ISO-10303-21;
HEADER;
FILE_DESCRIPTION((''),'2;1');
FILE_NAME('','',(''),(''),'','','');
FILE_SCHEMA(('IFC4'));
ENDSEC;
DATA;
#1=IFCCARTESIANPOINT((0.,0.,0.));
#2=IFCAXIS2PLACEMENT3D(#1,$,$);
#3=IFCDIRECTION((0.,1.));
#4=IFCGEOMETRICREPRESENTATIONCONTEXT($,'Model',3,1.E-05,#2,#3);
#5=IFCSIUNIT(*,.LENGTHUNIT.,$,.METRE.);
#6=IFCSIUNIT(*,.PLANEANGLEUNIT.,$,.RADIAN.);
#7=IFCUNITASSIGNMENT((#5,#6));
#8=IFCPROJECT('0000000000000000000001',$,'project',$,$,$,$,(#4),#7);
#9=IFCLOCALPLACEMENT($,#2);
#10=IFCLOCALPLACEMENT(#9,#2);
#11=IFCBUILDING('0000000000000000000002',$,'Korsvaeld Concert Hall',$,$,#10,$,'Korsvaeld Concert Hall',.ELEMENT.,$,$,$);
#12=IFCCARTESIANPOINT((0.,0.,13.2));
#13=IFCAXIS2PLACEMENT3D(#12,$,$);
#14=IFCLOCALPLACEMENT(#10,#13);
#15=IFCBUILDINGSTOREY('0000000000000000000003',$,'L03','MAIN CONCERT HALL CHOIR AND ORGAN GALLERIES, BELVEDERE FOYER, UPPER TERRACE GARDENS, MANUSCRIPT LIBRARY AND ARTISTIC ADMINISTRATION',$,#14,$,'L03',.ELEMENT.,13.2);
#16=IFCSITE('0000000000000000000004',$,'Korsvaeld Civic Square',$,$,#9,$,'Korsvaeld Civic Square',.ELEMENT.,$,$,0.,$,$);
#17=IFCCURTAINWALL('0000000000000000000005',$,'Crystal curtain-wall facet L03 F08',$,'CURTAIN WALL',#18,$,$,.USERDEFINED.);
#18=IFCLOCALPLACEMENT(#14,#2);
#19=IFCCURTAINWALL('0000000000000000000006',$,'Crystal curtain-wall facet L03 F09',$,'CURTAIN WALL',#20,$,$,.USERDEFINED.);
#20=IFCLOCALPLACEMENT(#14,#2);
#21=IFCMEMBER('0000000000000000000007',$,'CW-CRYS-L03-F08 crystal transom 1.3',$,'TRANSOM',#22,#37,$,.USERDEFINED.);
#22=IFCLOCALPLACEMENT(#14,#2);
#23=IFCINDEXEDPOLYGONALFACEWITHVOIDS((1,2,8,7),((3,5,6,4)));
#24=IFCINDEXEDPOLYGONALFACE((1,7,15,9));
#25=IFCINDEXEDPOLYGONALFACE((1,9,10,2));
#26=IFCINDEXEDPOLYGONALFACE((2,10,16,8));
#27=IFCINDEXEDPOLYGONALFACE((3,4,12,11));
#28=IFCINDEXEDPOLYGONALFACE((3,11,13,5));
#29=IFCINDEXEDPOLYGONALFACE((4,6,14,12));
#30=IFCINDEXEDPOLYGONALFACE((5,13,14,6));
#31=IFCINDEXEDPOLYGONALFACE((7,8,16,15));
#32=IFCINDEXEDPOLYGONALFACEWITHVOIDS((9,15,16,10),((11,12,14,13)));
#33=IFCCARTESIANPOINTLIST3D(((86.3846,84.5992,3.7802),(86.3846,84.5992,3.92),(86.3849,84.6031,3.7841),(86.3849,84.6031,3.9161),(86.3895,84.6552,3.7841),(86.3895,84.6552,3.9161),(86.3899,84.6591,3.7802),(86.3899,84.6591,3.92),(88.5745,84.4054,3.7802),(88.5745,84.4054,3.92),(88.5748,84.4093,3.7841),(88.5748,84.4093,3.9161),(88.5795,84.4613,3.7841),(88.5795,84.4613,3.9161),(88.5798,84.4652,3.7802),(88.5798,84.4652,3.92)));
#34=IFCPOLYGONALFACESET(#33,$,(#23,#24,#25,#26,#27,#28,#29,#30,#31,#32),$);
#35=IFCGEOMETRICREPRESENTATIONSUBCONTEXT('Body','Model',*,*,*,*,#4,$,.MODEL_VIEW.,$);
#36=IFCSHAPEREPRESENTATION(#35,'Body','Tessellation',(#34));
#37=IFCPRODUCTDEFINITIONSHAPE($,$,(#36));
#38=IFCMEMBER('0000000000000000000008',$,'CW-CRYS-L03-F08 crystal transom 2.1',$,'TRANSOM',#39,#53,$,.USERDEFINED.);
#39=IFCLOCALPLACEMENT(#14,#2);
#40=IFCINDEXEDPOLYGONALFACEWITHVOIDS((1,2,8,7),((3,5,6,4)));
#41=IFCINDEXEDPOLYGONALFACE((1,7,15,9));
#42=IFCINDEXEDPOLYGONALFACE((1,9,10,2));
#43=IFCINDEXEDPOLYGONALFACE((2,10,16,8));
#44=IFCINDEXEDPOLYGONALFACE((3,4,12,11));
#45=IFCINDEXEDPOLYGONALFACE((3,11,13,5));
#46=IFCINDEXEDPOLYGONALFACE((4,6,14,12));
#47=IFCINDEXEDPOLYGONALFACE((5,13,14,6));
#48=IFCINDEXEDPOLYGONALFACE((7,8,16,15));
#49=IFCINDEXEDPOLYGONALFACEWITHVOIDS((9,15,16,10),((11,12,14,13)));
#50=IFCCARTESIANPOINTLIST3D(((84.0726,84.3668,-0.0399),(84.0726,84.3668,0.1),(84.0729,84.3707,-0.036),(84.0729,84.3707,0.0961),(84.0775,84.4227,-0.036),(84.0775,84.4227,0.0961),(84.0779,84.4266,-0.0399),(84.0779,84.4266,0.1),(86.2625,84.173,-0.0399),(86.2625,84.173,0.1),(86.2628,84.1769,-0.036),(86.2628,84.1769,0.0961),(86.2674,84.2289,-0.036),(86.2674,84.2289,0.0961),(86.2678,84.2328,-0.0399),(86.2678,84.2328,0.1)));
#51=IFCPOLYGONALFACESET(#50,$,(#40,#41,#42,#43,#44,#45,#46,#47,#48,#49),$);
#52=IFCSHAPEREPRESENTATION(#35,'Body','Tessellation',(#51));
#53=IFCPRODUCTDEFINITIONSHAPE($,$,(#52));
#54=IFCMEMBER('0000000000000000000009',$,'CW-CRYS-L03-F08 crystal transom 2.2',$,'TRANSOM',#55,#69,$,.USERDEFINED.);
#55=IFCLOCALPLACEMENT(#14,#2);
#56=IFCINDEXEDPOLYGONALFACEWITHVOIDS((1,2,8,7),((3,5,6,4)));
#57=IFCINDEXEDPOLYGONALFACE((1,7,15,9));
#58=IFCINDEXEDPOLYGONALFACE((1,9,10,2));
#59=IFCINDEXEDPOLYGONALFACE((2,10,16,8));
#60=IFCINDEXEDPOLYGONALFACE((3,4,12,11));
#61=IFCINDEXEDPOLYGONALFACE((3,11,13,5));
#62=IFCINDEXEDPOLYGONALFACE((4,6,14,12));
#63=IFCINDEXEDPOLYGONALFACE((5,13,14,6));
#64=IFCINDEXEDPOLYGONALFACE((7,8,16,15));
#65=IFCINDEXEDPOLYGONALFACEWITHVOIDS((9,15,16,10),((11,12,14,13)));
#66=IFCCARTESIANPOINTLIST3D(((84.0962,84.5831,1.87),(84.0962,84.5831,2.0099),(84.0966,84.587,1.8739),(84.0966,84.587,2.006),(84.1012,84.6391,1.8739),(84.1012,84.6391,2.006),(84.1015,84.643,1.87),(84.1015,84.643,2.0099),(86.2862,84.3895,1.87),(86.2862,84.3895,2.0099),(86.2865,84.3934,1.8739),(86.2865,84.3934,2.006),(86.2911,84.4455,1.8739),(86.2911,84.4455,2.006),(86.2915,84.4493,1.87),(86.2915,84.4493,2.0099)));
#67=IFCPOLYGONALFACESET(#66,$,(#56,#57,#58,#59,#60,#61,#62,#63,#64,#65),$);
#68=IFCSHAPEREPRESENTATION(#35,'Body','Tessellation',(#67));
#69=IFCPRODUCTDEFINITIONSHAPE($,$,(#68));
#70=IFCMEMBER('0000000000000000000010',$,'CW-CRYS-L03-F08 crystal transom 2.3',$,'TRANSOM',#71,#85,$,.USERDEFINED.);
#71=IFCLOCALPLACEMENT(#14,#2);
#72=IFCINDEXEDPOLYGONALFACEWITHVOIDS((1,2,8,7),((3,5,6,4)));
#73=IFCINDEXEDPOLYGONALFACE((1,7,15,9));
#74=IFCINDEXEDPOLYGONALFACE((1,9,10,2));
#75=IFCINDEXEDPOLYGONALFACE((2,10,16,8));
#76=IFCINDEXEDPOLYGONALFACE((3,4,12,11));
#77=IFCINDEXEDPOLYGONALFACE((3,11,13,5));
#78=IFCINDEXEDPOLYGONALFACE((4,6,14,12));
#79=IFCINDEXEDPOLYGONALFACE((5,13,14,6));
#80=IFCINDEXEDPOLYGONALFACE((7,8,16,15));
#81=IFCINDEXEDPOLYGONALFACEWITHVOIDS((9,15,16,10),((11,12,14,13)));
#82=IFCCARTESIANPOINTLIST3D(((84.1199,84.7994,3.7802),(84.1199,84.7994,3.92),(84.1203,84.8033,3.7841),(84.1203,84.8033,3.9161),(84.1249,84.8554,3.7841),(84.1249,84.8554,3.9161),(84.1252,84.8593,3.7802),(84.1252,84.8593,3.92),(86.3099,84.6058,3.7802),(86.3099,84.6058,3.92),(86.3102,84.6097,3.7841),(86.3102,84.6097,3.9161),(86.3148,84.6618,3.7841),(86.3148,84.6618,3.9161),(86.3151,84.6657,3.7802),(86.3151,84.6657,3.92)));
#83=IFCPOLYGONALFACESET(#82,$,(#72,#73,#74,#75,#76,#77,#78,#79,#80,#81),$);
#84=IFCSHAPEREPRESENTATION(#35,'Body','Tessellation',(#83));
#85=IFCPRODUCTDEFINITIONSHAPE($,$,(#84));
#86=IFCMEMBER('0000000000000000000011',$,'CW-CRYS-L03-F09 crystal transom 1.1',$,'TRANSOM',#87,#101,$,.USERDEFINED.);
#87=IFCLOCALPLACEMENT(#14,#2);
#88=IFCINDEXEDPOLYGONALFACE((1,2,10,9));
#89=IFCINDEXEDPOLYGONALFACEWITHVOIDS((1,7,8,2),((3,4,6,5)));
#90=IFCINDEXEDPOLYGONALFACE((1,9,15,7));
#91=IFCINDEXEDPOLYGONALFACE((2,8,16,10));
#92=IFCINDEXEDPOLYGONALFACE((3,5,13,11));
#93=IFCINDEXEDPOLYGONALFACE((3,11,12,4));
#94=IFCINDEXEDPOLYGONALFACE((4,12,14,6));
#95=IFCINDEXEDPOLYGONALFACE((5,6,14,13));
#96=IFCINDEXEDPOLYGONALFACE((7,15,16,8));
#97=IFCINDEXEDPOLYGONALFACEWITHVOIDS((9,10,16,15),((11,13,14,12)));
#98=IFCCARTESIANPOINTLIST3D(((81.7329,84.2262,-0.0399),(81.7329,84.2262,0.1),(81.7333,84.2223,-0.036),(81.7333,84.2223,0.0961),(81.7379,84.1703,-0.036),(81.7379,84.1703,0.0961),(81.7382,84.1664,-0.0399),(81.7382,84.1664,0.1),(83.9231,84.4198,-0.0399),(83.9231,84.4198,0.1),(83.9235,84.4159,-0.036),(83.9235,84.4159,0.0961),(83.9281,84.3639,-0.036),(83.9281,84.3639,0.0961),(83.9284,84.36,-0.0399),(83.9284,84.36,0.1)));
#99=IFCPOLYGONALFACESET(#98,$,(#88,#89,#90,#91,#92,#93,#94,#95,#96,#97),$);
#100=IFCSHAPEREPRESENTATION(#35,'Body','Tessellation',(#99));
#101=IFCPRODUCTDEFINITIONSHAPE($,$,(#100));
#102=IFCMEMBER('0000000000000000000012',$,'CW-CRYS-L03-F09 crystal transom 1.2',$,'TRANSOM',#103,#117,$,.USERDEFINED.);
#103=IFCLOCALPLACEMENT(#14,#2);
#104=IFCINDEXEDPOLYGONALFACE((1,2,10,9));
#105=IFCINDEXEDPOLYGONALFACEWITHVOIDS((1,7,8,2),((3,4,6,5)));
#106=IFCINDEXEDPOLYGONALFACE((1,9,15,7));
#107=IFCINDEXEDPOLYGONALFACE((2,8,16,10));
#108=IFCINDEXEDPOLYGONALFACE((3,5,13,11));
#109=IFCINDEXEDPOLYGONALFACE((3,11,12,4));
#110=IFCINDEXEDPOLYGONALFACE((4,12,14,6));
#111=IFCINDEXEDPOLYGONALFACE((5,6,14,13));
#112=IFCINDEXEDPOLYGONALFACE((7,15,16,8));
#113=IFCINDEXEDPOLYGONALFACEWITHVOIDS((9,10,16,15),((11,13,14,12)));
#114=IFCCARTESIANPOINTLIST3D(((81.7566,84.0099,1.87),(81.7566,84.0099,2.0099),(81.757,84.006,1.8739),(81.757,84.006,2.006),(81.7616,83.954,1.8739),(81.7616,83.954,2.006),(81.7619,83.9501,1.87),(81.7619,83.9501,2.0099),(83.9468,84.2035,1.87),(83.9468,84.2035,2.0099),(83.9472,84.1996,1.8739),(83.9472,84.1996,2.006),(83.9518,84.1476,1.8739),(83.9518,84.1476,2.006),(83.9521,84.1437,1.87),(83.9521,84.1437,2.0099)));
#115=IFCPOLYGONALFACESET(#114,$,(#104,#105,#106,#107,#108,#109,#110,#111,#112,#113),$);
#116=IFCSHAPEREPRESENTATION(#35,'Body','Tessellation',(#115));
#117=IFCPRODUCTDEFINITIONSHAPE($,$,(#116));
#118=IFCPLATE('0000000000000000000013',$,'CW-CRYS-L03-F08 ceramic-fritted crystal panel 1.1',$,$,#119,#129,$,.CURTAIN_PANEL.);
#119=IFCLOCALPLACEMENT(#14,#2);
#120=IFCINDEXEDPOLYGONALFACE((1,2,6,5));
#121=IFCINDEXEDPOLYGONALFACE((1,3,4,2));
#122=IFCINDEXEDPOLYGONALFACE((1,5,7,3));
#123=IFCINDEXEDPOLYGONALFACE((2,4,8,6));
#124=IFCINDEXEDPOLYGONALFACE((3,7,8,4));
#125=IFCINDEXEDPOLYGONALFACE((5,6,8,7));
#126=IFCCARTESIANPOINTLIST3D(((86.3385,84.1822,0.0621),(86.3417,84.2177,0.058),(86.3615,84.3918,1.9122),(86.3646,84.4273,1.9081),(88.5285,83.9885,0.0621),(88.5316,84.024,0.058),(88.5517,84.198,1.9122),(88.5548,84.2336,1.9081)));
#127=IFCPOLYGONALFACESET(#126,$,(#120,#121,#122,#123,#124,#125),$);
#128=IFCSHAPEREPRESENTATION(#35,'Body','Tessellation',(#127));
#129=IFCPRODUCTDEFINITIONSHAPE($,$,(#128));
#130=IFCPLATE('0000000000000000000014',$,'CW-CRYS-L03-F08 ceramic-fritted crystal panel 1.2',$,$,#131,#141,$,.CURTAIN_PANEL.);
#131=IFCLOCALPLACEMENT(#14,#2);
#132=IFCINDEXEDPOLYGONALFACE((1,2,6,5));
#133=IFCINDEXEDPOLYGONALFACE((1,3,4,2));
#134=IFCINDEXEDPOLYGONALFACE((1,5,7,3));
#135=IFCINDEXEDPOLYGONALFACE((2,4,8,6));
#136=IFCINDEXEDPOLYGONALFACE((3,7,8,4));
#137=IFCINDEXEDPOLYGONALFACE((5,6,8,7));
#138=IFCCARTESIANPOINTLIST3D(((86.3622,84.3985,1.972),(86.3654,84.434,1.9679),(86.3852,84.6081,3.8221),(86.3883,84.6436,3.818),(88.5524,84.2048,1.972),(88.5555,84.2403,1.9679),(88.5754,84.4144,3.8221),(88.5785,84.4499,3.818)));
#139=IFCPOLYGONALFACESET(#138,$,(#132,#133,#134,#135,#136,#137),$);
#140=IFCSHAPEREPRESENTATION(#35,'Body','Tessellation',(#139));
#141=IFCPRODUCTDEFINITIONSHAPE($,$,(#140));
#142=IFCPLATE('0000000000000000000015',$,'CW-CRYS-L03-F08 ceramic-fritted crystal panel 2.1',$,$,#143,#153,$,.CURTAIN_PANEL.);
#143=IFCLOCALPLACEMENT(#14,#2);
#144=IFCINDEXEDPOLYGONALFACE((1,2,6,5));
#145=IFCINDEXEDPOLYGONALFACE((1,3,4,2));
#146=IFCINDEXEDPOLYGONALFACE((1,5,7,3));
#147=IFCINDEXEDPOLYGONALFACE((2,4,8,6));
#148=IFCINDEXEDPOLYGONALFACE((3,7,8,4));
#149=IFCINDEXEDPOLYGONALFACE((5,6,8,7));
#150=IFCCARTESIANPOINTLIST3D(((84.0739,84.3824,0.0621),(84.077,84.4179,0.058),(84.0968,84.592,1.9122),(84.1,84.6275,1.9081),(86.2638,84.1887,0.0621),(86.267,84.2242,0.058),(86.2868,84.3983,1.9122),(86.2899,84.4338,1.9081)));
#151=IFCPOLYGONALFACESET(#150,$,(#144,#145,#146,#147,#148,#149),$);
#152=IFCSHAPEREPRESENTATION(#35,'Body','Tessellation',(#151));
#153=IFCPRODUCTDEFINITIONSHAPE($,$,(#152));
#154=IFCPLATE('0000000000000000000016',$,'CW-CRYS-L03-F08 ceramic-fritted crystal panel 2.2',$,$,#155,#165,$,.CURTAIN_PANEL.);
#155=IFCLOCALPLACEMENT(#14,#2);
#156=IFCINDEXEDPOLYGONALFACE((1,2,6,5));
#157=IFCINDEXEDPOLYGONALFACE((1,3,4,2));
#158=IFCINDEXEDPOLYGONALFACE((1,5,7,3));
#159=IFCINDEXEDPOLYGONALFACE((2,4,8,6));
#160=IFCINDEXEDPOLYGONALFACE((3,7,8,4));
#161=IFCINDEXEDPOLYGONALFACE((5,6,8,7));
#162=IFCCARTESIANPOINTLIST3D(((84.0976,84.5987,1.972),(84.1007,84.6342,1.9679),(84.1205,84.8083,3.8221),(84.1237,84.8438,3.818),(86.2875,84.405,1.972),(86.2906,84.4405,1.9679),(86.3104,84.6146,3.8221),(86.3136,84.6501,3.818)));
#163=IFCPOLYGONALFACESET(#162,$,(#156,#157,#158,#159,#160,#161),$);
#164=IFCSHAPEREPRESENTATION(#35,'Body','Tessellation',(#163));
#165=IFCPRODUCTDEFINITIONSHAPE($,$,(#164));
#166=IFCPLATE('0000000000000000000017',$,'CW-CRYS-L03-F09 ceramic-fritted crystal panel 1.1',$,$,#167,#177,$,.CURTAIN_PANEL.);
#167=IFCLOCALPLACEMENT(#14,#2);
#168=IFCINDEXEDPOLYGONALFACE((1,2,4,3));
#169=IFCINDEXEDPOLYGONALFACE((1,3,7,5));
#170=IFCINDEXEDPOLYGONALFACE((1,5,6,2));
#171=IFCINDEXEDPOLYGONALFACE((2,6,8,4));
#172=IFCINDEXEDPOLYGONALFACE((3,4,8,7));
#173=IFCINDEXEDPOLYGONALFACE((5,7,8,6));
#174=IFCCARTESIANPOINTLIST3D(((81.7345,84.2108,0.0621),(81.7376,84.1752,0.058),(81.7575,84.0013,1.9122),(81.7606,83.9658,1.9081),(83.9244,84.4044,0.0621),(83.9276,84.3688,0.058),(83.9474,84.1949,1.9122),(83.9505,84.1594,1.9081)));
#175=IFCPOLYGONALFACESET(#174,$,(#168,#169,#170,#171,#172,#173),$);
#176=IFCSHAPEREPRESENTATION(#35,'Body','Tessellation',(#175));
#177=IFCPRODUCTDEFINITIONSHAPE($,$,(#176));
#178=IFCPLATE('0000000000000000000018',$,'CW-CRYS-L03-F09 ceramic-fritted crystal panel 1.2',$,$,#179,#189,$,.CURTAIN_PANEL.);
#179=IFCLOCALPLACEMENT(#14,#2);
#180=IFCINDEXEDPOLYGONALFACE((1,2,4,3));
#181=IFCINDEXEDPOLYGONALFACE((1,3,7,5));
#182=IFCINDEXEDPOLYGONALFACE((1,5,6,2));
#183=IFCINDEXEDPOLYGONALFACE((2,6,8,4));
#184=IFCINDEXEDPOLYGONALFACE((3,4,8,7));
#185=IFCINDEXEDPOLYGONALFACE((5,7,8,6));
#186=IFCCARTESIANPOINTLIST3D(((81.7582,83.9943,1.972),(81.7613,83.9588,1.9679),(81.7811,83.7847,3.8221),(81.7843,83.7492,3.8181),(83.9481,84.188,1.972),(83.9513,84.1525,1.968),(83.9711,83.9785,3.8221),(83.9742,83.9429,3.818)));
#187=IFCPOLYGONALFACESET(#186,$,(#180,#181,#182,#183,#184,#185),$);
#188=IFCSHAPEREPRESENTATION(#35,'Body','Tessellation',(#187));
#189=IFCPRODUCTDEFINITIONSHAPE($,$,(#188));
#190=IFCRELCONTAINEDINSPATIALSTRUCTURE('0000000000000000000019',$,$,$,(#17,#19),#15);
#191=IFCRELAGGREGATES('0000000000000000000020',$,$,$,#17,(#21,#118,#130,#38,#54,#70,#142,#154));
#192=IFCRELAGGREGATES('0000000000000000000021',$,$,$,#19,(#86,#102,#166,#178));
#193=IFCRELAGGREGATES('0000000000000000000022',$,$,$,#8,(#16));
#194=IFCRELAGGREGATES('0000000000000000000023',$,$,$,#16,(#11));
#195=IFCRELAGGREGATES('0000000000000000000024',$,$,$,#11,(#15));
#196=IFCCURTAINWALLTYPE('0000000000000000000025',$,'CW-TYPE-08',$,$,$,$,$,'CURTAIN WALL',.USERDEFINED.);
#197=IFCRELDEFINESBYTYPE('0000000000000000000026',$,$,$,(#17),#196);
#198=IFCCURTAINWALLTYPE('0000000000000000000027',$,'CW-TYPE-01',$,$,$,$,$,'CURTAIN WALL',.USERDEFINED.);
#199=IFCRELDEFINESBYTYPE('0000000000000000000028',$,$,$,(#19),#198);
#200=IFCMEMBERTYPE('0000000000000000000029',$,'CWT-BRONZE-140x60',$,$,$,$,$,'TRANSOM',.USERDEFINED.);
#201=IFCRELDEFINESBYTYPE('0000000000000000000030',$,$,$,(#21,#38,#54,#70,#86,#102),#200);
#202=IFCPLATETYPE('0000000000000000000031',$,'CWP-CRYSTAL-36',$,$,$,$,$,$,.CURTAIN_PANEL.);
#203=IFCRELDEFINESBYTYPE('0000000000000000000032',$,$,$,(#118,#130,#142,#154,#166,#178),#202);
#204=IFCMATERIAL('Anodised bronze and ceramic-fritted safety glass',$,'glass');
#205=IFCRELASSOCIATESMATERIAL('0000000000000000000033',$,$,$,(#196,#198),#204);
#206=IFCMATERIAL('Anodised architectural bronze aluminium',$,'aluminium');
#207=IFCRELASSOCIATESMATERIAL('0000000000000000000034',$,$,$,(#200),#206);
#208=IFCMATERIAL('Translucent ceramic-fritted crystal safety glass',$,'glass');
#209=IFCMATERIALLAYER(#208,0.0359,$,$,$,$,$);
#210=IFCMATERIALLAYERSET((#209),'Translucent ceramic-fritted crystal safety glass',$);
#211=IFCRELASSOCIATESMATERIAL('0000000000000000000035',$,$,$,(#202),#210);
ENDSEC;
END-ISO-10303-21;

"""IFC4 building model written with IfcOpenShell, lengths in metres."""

from ifc_helpers import new_model, si_unit, direction, frame, origin, origin_2d, place, context, subcontext, project, spatial, polyline, hollow_rectangle, outline, extrude, material, layer, layer_set, material_profile, profile_set, type_object, element, aggregate, save


model = new_model("IFC4")

# Units and contexts
model_context = context("Model", 3, precision=1e-05, world=origin(), true_north=direction((0.0, 1.0)))
body_context = subcontext(model_context, "Body", "Model", "MODEL_VIEW")
ifc_project = project(units=[si_unit("LENGTHUNIT", "METRE"), si_unit("PLANEANGLEUNIT", "RADIAN")], contexts=[model_context])

# Site, building, storey
site_placement = place(None, origin())
site = spatial("IfcSite", under=ifc_project, at=site_placement, Name="Korsvaeld Civic Square", LongName="Korsvaeld Civic Square", CompositionType="ELEMENT", RefElevation=0.0)
building_placement = place(site_placement, origin())
building = spatial("IfcBuilding", under=site, at=building_placement, Name="Korsvaeld Concert Hall", LongName="Korsvaeld Concert Hall", CompositionType="ELEMENT")
storey_placement = place(building_placement, frame((0.0, 0.0, 13.2)))
storey = spatial("IfcBuildingStorey", under=building, at=storey_placement, Name="L03", Description="MAIN CONCERT HALL CHOIR AND ORGAN GALLERIES, BELVEDERE FOYER, UPPER TERRACE GARDENS, MANUSCRIPT LIBRARY AND ARTISTIC ADMINISTRATION", LongName="L03", CompositionType="ELEMENT", Elevation=13.2)

# Curtain wall
ifc_material_1 = material(Name="Anodised bronze and ceramic-fritted safety glass", Category="glass")
curtain_wall_type_1 = type_object("IfcCurtainWallType", Name="CW-TYPE-08", ElementType="CURTAIN WALL", PredefinedType="USERDEFINED", material=ifc_material_1)
curtain_wall_1_placement = place(storey_placement, origin())
curtain_wall_1 = element("IfcCurtainWall", 1, at=curtain_wall_1_placement, inside=storey, type_object=curtain_wall_type_1, Name="Crystal curtain-wall facet L03 F08", ObjectType="CURTAIN WALL", PredefinedType="USERDEFINED")
ifc_material_2 = material(Name="Anodised architectural bronze aluminium", Category="aluminium")

# Curtain wall
curtain_wall_type_2 = type_object("IfcCurtainWallType", Name="CW-TYPE-01", ElementType="CURTAIN WALL", PredefinedType="USERDEFINED", material=ifc_material_1)
curtain_wall_2_placement = place(storey_placement, origin())
curtain_wall_2 = element("IfcCurtainWall", 2, at=curtain_wall_2_placement, inside=storey, type_object=curtain_wall_type_2, Name="Crystal curtain-wall facet L03 F09", ObjectType="CURTAIN WALL", PredefinedType="USERDEFINED")

# Members
ifc_material_profile_1 = material_profile(ifc_material_2, hollow_rectangle(XDim=0.0601, YDim=0.1399, WallThickness=0.0039, at=origin_2d()), Name="CWT 140x60x4")
ifc_profile_set_1 = profile_set([ifc_material_profile_1], Name="Anodised architectural bronze aluminium")
member_type_1 = type_object("IfcMemberType", Name="CWT-BRONZE-140x60", ElementType="TRANSOM", PredefinedType="USERDEFINED", material=ifc_profile_set_1)
member_1_placement = place(storey_placement, frame((88.5771, 84.4353, 3.8501), z_axis=(-0.996105, 0.088173, 0.0), x_axis=(-0.088173, -0.996105, 0.0)))
member_1 = element("IfcMember", 3, at=member_1_placement, type_object=member_type_1, Name="CW-CRYS-L03-F08 crystal transom 1.3", ObjectType="TRANSOM", PredefinedType="USERDEFINED", context=body_context, shape_type="SweptSolid", body=[
    extrude(hollow_rectangle(XDim=0.0601, YDim=0.1399, WallThickness=0.0039, at=origin_2d()), origin(), (0.0, 0.0, 1.0), 2.1985),
])
member_2_placement = place(storey_placement, frame((86.2651, 84.2029, 0.03), z_axis=(-0.996105, 0.088173, 0.0), x_axis=(-0.088173, -0.996105, 0.0)))
member_2 = element("IfcMember", 4, at=member_2_placement, type_object=member_type_1, Name="CW-CRYS-L03-F08 crystal transom 2.1", ObjectType="TRANSOM", PredefinedType="USERDEFINED", context=body_context, shape_type="SweptSolid", body=[
    extrude(hollow_rectangle(XDim=0.0601, YDim=0.1399, WallThickness=0.0039, at=origin_2d()), origin(), (0.0, 0.0, 1.0), 2.1985),
])
member_3_placement = place(storey_placement, frame((86.2888, 84.4194, 1.9399), z_axis=(-0.996115, 0.088062, 0.0), x_axis=(-0.088062, -0.996115, 0.0)))
member_3 = element("IfcMember", 5, at=member_3_placement, type_object=member_type_1, Name="CW-CRYS-L03-F08 crystal transom 2.2", ObjectType="TRANSOM", PredefinedType="USERDEFINED", context=body_context, shape_type="SweptSolid", body=[
    extrude(hollow_rectangle(XDim=0.0601, YDim=0.1399, WallThickness=0.0039, at=origin_2d()), origin(), (0.0, 0.0, 1.0), 2.1985),
])
member_4_placement = place(storey_placement, frame((86.3125, 84.6357, 3.8501), z_axis=(-0.996115, 0.088062, 0.0), x_axis=(-0.088062, -0.996115, 0.0)))
member_4 = element("IfcMember", 6, at=member_4_placement, type_object=member_type_1, Name="CW-CRYS-L03-F08 crystal transom 2.3", ObjectType="TRANSOM", PredefinedType="USERDEFINED", context=body_context, shape_type="SweptSolid", body=[
    extrude(hollow_rectangle(XDim=0.0601, YDim=0.1399, WallThickness=0.0039, at=origin_2d()), origin(), (0.0, 0.0, 1.0), 2.1985),
])
member_5_placement = place(storey_placement, frame((83.9258, 84.3899, 0.03), z_axis=(-0.996116, -0.088053, 0.0), x_axis=(0.088053, -0.996116, 0.0)))
member_5 = element("IfcMember", 7, at=member_5_placement, type_object=member_type_1, Name="CW-CRYS-L03-F09 crystal transom 1.1", ObjectType="TRANSOM", PredefinedType="USERDEFINED", context=body_context, shape_type="SweptSolid", body=[
    extrude(hollow_rectangle(XDim=0.0601, YDim=0.1399, WallThickness=0.0039, at=origin_2d()), origin(), (0.0, 0.0, 1.0), 2.1987),
])
member_6_placement = place(storey_placement, frame((83.9495, 84.1736, 1.9399), z_axis=(-0.996116, -0.088053, 0.0), x_axis=(0.088053, -0.996116, 0.0)))
member_6 = element("IfcMember", 8, at=member_6_placement, type_object=member_type_1, Name="CW-CRYS-L03-F09 crystal transom 1.2", ObjectType="TRANSOM", PredefinedType="USERDEFINED", context=body_context, shape_type="SweptSolid", body=[
    extrude(hollow_rectangle(XDim=0.0601, YDim=0.1399, WallThickness=0.0039, at=origin_2d()), origin(), (0.0, 0.0, 1.0), 2.1987),
])

# Plates
ifc_material_3 = material(Name="Translucent ceramic-fritted crystal safety glass", Category="glass")
ifc_layer_1 = layer(ifc_material_3, 0.0359)
ifc_layer_set_1 = layer_set([ifc_layer_1], Name="Translucent ceramic-fritted crystal safety glass")
plate_type = type_object("IfcPlateType", Name="CWP-CRYSTAL-36", PredefinedType="CURTAIN_PANEL", material=ifc_layer_set_1)
plate_1_placement = place(storey_placement, frame((88.53, 84.0061, 0.0601), z_axis=(0.087546, 0.989706, -0.113214), x_axis=(-0.996111, 0.088112, -0.000006)))
plate_1 = element("IfcPlate", 9, at=plate_1_placement, type_object=plate_type, Name="CW-CRYS-L03-F08 ceramic-fritted crystal panel 1.1", PredefinedType="CURTAIN_PANEL", context=body_context, shape_type="SweptSolid", body=[
    extrude(outline(polyline([(0.0, 0.0), (2.1985, 0.0), (2.1941, 1.8621), (-0.0047, 1.8621), (0.0, 0.0)])), frame((0.0, 0.0, 0.0181)), (0.0, 0.0, -1.0), 0.0359),
])
plate_2_placement = place(storey_placement, frame((88.554, 84.2224, 1.97), z_axis=(0.087541, 0.989707, -0.113208), x_axis=(-0.996111, 0.088107, -0.000006)))
plate_2 = element("IfcPlate", 10, at=plate_2_placement, type_object=plate_type, Name="CW-CRYS-L03-F08 ceramic-fritted crystal panel 1.2", PredefinedType="CURTAIN_PANEL", context=body_context, shape_type="SweptSolid", body=[
    extrude(outline(polyline([(0.0, 0.0), (2.1987, 0.0), (2.1943, 1.8621), (-0.0044, 1.8621), (0.0, 0.0)])), frame((0.0, 0.0, 0.0181)), (0.0, 0.0, -1.0), 0.0359),
])
plate_3_placement = place(storey_placement, frame((86.2654, 84.2063, 0.0601), z_axis=(0.087551, 0.989706, -0.113208), x_axis=(-0.99611, 0.088118, 0.000006)))
plate_3 = element("IfcPlate", 11, at=plate_3_placement, type_object=plate_type, Name="CW-CRYS-L03-F08 ceramic-fritted crystal panel 2.1", PredefinedType="CURTAIN_PANEL", context=body_context, shape_type="SweptSolid", body=[
    extrude(outline(polyline([(0.0, 0.0), (2.1985, 0.0), (2.1941, 1.8621), (-0.0044, 1.8621), (0.0, 0.0)])), frame((0.0, 0.0, 0.0181)), (0.0, 0.0, -1.0), 0.0359),
])
plate_4_placement = place(storey_placement, frame((86.2891, 84.4226, 1.97), z_axis=(0.087551, 0.989706, -0.113208), x_axis=(-0.99611, 0.088118, 0.000006)))
plate_4 = element("IfcPlate", 12, at=plate_4_placement, type_object=plate_type, Name="CW-CRYS-L03-F08 ceramic-fritted crystal panel 2.2", PredefinedType="CURTAIN_PANEL", context=body_context, shape_type="SweptSolid", body=[
    extrude(outline(polyline([(0.0, 0.0), (2.1985, 0.0), (2.1941, 1.8621), (-0.0044, 1.8621), (0.0, 0.0)])), frame((0.0, 0.0, 0.0181)), (0.0, 0.0, -1.0), 0.0359),
])
aggregate(curtain_wall_1, [member_1, plate_1, plate_2, member_2, member_3, member_4, plate_3, plate_4])
plate_5_placement = place(storey_placement, frame((83.926, 84.3865, 0.0601), z_axis=(-0.087497, 0.989719, 0.113144), x_axis=(-0.996115, -0.088062, 0.0)))
plate_5 = element("IfcPlate", 13, at=plate_5_placement, type_object=plate_type, Name="CW-CRYS-L03-F09 ceramic-fritted crystal panel 1.1", PredefinedType="CURTAIN_PANEL", context=body_context, shape_type="SweptSolid", body=[
    extrude(outline(polyline([(0.0, 0.0), (2.1985, 0.0), (2.1941, 1.8621), (-0.0044, 1.8621), (0.0, 0.0)])), frame((0.0, 0.0, 0.0181)), (0.0, 0.0, -1.0), 0.0359),
])
plate_6_placement = place(storey_placement, frame((83.9497, 84.1702, 1.97), z_axis=(-0.087551, 0.989706, 0.113208), x_axis=(-0.99611, -0.088117, -0.000006)))
plate_6 = element("IfcPlate", 14, at=plate_6_placement, type_object=plate_type, Name="CW-CRYS-L03-F09 ceramic-fritted crystal panel 1.2", PredefinedType="CURTAIN_PANEL", context=body_context, shape_type="SweptSolid", body=[
    extrude(outline(polyline([(0.0, 0.0), (2.1985, 0.0), (2.1941, 1.8621), (-0.0044, 1.8621), (0.0, 0.0)])), frame((0.0, 0.0, 0.0181)), (0.0, 0.0, -1.0), 0.0359),
])
aggregate(curtain_wall_2, [member_5, member_6, plate_5, plate_6])

save(model, "model.ifc")
